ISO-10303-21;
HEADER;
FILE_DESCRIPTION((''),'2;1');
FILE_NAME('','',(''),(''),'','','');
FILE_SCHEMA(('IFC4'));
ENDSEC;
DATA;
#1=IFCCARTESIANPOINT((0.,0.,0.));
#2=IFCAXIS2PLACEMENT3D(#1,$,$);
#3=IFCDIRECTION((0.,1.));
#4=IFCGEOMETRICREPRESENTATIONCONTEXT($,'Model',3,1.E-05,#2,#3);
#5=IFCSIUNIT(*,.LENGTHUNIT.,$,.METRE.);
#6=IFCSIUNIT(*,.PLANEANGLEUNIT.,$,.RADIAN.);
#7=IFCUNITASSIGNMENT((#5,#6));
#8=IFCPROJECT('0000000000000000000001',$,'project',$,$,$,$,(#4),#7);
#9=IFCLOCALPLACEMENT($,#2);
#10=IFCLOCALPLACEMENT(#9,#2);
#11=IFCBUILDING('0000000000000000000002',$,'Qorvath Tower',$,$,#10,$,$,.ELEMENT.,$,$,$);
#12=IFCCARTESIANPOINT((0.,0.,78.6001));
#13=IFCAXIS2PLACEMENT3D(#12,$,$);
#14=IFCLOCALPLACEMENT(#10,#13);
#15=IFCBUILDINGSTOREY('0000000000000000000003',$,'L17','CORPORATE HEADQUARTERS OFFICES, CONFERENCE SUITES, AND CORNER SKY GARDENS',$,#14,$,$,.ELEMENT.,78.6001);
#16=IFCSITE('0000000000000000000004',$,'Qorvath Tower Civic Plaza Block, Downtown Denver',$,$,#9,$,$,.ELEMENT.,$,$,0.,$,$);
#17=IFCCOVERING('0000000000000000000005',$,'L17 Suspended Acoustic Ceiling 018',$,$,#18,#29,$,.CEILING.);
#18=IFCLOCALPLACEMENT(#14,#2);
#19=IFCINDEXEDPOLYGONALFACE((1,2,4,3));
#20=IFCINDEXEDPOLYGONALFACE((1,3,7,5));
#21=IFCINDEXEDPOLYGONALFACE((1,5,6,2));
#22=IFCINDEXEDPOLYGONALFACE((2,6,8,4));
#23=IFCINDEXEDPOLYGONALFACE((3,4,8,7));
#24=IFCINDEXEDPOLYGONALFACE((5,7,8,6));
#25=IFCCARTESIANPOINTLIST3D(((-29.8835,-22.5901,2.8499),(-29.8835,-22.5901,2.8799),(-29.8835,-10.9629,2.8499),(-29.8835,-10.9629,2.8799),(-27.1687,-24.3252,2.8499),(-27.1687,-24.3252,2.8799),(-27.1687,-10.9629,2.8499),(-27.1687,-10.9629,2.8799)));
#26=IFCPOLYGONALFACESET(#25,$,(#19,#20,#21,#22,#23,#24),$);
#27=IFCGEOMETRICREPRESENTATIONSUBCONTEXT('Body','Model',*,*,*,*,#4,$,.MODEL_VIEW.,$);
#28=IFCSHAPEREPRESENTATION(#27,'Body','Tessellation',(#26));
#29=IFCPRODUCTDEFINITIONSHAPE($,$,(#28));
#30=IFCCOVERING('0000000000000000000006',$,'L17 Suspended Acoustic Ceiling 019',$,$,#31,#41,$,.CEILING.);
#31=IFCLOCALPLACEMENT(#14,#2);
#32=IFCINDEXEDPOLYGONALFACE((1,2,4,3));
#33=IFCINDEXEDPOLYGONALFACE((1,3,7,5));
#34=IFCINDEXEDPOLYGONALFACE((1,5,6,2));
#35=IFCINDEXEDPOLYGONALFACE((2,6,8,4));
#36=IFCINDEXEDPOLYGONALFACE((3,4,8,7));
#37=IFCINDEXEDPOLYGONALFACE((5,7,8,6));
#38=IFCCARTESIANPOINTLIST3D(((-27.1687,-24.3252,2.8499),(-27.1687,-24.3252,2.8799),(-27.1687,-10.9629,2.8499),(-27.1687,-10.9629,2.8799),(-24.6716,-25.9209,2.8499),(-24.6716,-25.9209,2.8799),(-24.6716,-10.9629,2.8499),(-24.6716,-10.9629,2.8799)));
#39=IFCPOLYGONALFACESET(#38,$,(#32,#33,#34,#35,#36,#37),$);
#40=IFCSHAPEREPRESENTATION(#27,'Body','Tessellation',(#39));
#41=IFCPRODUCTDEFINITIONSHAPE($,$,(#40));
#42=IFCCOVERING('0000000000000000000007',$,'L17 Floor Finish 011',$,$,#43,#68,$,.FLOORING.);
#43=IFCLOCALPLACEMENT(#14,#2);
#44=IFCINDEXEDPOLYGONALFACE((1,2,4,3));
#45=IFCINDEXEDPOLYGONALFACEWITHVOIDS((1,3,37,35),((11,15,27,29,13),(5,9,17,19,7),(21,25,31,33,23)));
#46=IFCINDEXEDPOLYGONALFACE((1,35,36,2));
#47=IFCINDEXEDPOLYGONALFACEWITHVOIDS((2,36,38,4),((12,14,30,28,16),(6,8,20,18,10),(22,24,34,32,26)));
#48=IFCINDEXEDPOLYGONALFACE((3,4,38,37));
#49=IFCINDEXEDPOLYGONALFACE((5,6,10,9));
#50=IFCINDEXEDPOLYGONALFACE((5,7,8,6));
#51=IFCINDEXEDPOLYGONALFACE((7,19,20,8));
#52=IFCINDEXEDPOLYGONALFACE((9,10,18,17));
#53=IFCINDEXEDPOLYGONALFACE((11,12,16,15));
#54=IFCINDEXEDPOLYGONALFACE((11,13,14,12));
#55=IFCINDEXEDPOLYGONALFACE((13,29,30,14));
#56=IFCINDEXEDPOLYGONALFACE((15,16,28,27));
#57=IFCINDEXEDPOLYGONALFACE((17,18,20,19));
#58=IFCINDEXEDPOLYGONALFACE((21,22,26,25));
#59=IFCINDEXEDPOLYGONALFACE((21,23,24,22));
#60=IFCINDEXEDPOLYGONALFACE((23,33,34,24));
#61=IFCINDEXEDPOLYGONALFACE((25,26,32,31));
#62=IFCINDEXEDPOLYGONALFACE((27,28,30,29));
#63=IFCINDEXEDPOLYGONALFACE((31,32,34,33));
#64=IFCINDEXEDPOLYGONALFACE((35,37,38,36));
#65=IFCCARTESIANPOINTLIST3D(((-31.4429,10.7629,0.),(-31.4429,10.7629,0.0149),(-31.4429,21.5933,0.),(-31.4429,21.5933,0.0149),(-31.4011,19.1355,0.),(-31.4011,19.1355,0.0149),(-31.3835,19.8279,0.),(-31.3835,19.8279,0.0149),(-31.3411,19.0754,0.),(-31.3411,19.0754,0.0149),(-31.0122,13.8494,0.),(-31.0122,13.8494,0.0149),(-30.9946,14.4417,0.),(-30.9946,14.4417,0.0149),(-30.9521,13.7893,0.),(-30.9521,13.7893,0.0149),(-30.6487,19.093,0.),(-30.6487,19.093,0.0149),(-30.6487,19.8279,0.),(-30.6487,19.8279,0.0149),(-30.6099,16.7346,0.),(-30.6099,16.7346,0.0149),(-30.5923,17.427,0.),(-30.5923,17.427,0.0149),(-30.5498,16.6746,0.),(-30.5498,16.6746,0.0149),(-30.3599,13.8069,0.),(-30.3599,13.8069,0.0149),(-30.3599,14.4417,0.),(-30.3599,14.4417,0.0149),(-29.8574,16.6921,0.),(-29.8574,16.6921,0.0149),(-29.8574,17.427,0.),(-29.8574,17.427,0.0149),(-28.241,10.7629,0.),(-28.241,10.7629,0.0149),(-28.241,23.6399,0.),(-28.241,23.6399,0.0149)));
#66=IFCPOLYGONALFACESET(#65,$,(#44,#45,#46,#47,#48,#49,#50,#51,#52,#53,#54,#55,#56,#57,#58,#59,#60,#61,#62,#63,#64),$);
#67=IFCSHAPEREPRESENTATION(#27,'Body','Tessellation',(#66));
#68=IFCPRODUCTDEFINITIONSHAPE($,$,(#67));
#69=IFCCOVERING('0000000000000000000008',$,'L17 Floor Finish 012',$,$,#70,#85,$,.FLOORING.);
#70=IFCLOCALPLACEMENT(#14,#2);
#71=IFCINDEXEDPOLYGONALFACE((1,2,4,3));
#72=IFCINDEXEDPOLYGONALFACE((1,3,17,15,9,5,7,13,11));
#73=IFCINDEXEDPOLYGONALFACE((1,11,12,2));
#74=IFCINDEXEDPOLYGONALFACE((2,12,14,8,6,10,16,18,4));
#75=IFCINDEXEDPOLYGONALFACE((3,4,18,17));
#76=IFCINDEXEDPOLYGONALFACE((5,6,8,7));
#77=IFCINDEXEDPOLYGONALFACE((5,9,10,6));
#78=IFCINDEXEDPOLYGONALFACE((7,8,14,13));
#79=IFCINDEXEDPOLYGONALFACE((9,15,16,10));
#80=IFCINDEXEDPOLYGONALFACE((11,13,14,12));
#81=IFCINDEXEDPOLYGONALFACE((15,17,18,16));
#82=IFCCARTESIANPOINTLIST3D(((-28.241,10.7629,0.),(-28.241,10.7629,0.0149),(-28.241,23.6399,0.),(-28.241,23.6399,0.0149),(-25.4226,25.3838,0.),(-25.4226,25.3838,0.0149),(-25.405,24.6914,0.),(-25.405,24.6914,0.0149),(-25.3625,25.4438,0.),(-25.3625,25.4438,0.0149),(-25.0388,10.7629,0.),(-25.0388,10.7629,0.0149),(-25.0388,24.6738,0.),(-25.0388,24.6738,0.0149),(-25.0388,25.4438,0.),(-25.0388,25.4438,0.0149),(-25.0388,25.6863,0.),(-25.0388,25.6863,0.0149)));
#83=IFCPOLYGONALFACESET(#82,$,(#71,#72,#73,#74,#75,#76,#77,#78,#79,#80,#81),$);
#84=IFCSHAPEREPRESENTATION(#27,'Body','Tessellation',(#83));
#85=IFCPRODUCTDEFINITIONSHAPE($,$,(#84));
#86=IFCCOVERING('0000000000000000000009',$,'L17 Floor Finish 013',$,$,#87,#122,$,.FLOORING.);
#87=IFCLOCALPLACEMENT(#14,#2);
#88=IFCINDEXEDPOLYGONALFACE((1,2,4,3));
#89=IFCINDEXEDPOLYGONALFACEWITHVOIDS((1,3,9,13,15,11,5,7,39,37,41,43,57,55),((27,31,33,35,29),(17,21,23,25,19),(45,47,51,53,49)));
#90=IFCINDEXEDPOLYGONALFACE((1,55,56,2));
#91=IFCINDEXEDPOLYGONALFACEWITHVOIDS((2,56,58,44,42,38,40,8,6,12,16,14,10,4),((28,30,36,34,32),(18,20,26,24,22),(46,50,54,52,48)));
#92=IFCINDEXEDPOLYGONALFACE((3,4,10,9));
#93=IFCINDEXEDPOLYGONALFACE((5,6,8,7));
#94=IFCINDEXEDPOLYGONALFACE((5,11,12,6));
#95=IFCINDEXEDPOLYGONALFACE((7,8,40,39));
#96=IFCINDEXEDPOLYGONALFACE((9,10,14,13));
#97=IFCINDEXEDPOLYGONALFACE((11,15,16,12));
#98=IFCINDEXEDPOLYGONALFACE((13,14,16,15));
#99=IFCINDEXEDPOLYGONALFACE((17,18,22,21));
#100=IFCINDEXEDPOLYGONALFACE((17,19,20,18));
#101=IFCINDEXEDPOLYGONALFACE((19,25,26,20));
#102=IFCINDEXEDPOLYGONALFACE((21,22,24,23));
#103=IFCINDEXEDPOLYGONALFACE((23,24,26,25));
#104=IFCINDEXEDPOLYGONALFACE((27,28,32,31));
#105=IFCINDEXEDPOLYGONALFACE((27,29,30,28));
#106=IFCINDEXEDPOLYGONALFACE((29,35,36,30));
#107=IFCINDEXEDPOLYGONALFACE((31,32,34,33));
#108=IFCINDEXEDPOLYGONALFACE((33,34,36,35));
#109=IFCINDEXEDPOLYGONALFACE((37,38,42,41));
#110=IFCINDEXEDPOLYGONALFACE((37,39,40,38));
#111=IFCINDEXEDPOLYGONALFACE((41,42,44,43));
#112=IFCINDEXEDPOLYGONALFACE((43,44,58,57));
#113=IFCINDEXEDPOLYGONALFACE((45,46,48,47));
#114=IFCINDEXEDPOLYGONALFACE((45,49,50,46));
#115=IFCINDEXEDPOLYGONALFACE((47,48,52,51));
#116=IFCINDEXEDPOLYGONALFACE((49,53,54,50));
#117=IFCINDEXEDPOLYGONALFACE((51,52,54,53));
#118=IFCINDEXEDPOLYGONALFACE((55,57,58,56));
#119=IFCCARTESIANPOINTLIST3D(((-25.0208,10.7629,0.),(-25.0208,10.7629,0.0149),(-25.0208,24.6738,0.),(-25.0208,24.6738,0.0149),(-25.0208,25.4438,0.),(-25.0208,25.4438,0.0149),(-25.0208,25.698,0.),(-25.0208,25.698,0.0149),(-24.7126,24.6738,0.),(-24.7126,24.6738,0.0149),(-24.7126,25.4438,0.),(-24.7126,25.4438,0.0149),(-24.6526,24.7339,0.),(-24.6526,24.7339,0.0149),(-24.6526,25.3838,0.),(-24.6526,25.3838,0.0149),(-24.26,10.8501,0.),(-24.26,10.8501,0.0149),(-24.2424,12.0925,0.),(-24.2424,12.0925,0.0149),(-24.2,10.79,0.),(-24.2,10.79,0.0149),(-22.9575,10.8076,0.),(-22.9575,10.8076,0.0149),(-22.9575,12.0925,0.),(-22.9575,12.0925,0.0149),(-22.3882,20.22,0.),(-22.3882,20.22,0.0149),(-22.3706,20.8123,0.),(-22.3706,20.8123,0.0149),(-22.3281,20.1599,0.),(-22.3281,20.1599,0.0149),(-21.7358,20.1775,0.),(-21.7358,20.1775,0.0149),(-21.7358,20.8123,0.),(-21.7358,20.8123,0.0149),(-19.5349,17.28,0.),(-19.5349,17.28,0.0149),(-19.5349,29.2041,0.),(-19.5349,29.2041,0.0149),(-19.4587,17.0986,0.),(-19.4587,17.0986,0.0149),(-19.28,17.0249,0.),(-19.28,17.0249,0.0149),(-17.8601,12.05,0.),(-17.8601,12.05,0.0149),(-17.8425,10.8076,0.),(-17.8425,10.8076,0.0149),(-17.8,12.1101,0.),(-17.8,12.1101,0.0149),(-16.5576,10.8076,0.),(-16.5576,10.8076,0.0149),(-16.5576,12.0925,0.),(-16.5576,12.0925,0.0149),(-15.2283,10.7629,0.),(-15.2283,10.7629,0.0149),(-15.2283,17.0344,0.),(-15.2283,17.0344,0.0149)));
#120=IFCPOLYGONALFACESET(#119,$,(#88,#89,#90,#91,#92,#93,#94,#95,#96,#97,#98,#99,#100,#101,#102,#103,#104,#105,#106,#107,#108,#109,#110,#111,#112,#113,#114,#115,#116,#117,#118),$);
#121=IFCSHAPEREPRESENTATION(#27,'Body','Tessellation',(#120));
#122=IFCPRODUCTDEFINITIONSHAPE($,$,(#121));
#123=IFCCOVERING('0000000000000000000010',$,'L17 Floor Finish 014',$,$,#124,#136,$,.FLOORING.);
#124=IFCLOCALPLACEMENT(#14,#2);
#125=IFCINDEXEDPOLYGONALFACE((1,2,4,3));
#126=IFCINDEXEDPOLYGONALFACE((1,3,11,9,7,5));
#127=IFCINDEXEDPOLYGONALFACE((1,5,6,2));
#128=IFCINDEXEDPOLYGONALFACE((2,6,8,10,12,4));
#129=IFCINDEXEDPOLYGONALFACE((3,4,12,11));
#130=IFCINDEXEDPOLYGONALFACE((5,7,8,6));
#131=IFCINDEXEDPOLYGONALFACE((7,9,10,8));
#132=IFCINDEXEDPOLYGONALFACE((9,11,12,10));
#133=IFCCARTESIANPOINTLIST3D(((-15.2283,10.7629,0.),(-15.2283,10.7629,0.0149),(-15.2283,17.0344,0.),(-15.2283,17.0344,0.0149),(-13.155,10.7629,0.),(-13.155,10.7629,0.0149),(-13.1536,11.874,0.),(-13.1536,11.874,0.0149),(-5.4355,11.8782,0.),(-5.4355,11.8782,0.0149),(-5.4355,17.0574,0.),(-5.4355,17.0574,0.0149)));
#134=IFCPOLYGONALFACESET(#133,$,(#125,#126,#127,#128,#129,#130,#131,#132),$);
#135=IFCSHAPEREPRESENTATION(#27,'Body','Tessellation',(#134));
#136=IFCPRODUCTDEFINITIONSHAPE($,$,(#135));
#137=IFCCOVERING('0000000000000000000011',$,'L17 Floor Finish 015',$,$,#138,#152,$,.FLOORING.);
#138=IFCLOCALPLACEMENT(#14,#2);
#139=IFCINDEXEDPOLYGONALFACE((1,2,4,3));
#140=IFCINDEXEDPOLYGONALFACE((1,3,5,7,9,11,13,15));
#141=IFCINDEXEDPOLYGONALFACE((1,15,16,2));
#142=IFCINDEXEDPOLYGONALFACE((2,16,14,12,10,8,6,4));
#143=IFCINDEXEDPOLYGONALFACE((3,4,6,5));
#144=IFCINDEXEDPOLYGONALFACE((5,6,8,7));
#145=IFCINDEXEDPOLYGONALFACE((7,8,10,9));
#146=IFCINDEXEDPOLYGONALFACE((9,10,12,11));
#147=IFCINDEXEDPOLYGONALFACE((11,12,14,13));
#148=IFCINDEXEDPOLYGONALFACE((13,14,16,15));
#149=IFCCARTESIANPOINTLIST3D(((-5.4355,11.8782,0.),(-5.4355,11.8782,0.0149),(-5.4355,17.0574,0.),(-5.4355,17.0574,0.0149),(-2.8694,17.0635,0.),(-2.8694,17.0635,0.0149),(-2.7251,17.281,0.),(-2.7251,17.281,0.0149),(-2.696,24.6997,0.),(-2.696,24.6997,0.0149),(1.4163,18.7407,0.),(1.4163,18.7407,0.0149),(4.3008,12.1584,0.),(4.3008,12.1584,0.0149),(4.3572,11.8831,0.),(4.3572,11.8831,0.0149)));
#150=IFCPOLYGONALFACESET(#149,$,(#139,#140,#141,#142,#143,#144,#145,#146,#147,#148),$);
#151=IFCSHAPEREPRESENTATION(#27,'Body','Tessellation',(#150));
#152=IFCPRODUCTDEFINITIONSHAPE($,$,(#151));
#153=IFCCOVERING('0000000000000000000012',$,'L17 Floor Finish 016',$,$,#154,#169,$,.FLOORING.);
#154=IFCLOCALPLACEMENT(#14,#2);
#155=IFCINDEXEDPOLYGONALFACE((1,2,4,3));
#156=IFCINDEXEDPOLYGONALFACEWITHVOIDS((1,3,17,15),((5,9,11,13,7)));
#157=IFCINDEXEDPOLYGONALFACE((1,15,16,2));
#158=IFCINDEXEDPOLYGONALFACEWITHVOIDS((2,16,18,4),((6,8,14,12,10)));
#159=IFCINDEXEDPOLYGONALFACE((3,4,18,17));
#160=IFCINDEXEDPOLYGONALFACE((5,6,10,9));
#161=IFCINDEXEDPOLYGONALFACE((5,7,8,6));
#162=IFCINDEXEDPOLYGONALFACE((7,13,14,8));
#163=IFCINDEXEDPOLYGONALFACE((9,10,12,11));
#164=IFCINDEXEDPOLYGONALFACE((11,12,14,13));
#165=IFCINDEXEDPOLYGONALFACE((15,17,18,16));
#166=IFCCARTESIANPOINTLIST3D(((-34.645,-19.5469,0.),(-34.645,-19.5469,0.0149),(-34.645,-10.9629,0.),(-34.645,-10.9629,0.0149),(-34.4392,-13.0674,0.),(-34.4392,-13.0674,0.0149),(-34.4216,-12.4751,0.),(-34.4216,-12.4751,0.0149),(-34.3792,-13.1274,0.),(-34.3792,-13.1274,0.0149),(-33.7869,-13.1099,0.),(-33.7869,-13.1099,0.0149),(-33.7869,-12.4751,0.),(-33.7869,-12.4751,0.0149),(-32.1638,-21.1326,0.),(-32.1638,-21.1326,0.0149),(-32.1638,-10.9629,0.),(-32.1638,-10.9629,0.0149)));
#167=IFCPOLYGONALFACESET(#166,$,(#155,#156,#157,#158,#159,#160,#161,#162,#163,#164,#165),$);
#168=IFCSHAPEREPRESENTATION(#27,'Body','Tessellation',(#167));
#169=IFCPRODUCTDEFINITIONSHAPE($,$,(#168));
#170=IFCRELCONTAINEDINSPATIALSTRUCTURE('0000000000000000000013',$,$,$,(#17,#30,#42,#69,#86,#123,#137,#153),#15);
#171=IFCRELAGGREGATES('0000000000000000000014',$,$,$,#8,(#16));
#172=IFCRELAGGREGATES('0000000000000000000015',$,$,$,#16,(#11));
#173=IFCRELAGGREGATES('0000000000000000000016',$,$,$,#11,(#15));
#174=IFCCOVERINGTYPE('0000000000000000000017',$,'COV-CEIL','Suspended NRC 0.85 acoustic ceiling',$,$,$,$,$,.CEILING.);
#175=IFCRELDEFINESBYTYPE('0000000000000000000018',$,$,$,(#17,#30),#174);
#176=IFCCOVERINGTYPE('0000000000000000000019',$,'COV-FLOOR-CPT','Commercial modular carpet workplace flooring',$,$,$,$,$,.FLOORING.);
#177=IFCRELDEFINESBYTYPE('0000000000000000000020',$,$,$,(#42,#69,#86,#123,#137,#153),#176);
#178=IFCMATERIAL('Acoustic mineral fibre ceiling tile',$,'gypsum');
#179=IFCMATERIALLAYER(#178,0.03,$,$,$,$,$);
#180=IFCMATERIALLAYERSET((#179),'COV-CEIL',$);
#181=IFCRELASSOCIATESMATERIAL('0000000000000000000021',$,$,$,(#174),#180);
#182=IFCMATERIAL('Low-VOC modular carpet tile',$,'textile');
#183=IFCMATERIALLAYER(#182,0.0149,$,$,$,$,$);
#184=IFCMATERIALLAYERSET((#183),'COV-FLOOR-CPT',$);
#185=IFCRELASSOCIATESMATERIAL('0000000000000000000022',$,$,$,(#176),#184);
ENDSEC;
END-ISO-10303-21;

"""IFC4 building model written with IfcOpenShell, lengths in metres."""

from ifc_helpers import new_model, si_unit, direction, frame, origin, place, context, subcontext, project, spatial, polyline, outline, extrude, material, layer, layer_set, type_object, element, save


model = new_model("IFC4")

# Units and contexts
model_context = context("Model", 3, precision=1e-05, world=origin(), true_north=direction((0.0, 1.0)))
body_context = subcontext(model_context, "Body", "Model", "MODEL_VIEW")
ifc_project = project(units=[si_unit("LENGTHUNIT", "METRE"), si_unit("PLANEANGLEUNIT", "RADIAN")], contexts=[model_context])

# Site, building, storey
site_placement = place(None, origin())
site = spatial("IfcSite", under=ifc_project, at=site_placement, Name="Qorvath Tower Civic Plaza Block, Downtown Denver", CompositionType="ELEMENT", RefElevation=0.0)
building_placement = place(site_placement, origin())
building = spatial("IfcBuilding", under=site, at=building_placement, Name="Qorvath Tower", CompositionType="ELEMENT")
storey_placement = place(building_placement, frame((0.0, 0.0, 78.6001)))
storey = spatial("IfcBuildingStorey", under=building, at=storey_placement, Name="L17", Description="CORPORATE HEADQUARTERS OFFICES, CONFERENCE SUITES, AND CORNER SKY GARDENS", CompositionType="ELEMENT", Elevation=78.6001)

# Coverings
ifc_material_1 = material(Name="Acoustic mineral fibre ceiling tile", Category="gypsum")
ifc_layer_1 = layer(ifc_material_1, 0.03)
ifc_layer_set_1 = layer_set([ifc_layer_1], Name="COV-CEIL")
covering_type_1 = type_object("IfcCoveringType", Name="COV-CEIL", Description="Suspended NRC 0.85 acoustic ceiling", PredefinedType="CEILING", material=ifc_layer_set_1)
covering_1_placement = place(storey_placement, frame((0.0, 0.0, 2.8499)))
element("IfcCovering", 1, at=covering_1_placement, inside=storey, type_object=covering_type_1, Name="L17 Suspended Acoustic Ceiling 018", PredefinedType="CEILING", context=body_context, shape_type="SweptSolid", body=[
    extrude(outline(polyline([(-27.1687, -24.3252), (-27.1687, -10.9629), (-29.8835, -10.9629), (-29.8835, -22.5901), (-27.1687, -24.3252)])), origin(), (0.0, 0.0, 1.0), 0.03),
])
covering_2_placement = place(storey_placement, frame((0.0, 0.0, 2.8499)))
element("IfcCovering", 2, at=covering_2_placement, inside=storey, type_object=covering_type_1, Name="L17 Suspended Acoustic Ceiling 019", PredefinedType="CEILING", context=body_context, shape_type="SweptSolid", body=[
    extrude(outline(polyline([(-24.6716, -10.9629), (-27.1687, -10.9629), (-27.1687, -24.3252), (-24.6716, -25.9209), (-24.6716, -10.9629)])), origin(), (0.0, 0.0, 1.0), 0.03),
])
ifc_material_2 = material(Name="Low-VOC modular carpet tile", Category="textile")
ifc_layer_2 = layer(ifc_material_2, 0.0149)
ifc_layer_set_2 = layer_set([ifc_layer_2], Name="COV-FLOOR-CPT")
covering_type_2 = type_object("IfcCoveringType", Name="COV-FLOOR-CPT", Description="Commercial modular carpet workplace flooring", PredefinedType="FLOORING", material=ifc_layer_set_2)
covering_3_placement = place(storey_placement, origin())
element("IfcCovering", 3, at=covering_3_placement, inside=storey, type_object=covering_type_2, Name="L17 Floor Finish 011", PredefinedType="FLOORING", context=body_context, shape_type="SweptSolid", body=[
    extrude(outline(polyline([(-28.241, 10.7629), (-28.241, 23.6399), (-31.4429, 21.5933), (-31.4429, 10.7629), (-28.241, 10.7629)]), holes=[polyline([(-30.6099, 16.7346), (-30.5923, 17.427), (-29.8574, 17.427), (-29.8574, 16.6921), (-30.5498, 16.6746), (-30.6099, 16.7346)]), polyline([(-31.0122, 13.8494), (-30.9946, 14.4417), (-30.3599, 14.4417), (-30.3599, 13.8069), (-30.9521, 13.7893), (-31.0122, 13.8494)]), polyline([(-31.4011, 19.1355), (-31.3835, 19.8279), (-30.6487, 19.8279), (-30.6487, 19.093), (-31.3411, 19.0754), (-31.4011, 19.1355)])]), origin(), (0.0, 0.0, 1.0), 0.0149),
])
covering_4_placement = place(storey_placement, origin())
element("IfcCovering", 4, at=covering_4_placement, inside=storey, type_object=covering_type_2, Name="L17 Floor Finish 012", PredefinedType="FLOORING", context=body_context, shape_type="SweptSolid", body=[
    extrude(outline(polyline([(-25.0388, 25.4438), (-25.0388, 25.6863), (-28.241, 23.6399), (-28.241, 10.7629), (-25.0388, 10.7629), (-25.0388, 24.6738), (-25.405, 24.6914), (-25.4226, 25.3838), (-25.3625, 25.4438), (-25.0388, 25.4438)])), origin(), (0.0, 0.0, 1.0), 0.0149),
])
covering_5_placement = place(storey_placement, origin())
element("IfcCovering", 5, at=covering_5_placement, inside=storey, type_object=covering_type_2, Name="L17 Floor Finish 013", PredefinedType="FLOORING", context=body_context, shape_type="SweptSolid", body=[
    extrude(outline(polyline([(-15.2283, 10.7629), (-15.2283, 17.0344), (-19.28, 17.0249), (-19.4587, 17.0986), (-19.5349, 17.28), (-19.5349, 29.2041), (-25.0208, 25.698), (-25.0208, 25.4438), (-24.7126, 25.4438), (-24.6526, 25.3838), (-24.6526, 24.7339), (-24.7126, 24.6738), (-25.0208, 24.6738), (-25.0208, 10.7629), (-15.2283, 10.7629)]), holes=[polyline([(-17.8601, 12.05), (-17.8, 12.1101), (-16.5576, 12.0925), (-16.5576, 10.8076), (-17.8425, 10.8076), (-17.8601, 12.05)]), polyline([(-22.3882, 20.22), (-22.3706, 20.8123), (-21.7358, 20.8123), (-21.7358, 20.1775), (-22.3281, 20.1599), (-22.3882, 20.22)]), polyline([(-24.26, 10.8501), (-24.2424, 12.0925), (-22.9575, 12.0925), (-22.9575, 10.8076), (-24.2, 10.79), (-24.26, 10.8501)])]), origin(), (0.0, 0.0, 1.0), 0.0149),
])
covering_6_placement = place(storey_placement, origin())
element("IfcCovering", 6, at=covering_6_placement, inside=storey, type_object=covering_type_2, Name="L17 Floor Finish 014", PredefinedType="FLOORING", context=body_context, shape_type="SweptSolid", body=[
    extrude(outline(polyline([(-13.1536, 11.874), (-5.4355, 11.8782), (-5.4355, 17.0574), (-15.2283, 17.0344), (-15.2283, 10.7629), (-13.155, 10.7629), (-13.1536, 11.874)])), origin(), (0.0, 0.0, 1.0), 0.0149),
])
covering_7_placement = place(storey_placement, origin())
element("IfcCovering", 7, at=covering_7_placement, inside=storey, type_object=covering_type_2, Name="L17 Floor Finish 015", PredefinedType="FLOORING", context=body_context, shape_type="SweptSolid", body=[
    extrude(outline(polyline([(-5.4355, 17.0574), (-5.4355, 11.8782), (4.3572, 11.8831), (4.3008, 12.1584), (1.4163, 18.7407), (-2.696, 24.6997), (-2.7251, 17.281), (-2.8694, 17.0635), (-5.4355, 17.0574)])), origin(), (0.0, 0.0, 1.0), 0.0149),
])
covering_8_placement = place(storey_placement, origin())
element("IfcCovering", 8, at=covering_8_placement, inside=storey, type_object=covering_type_2, Name="L17 Floor Finish 016", PredefinedType="FLOORING", context=body_context, shape_type="SweptSolid", body=[
    extrude(outline(polyline([(-34.645, -10.9629), (-34.645, -19.5469), (-32.1638, -21.1326), (-32.1638, -10.9629), (-34.645, -10.9629)]), holes=[polyline([(-34.4392, -13.0674), (-34.4216, -12.4751), (-33.7869, -12.4751), (-33.7869, -13.1099), (-34.3792, -13.1274), (-34.4392, -13.0674)])]), origin(), (0.0, 0.0, 1.0), 0.0149),
])

save(model, "model.ifc")
